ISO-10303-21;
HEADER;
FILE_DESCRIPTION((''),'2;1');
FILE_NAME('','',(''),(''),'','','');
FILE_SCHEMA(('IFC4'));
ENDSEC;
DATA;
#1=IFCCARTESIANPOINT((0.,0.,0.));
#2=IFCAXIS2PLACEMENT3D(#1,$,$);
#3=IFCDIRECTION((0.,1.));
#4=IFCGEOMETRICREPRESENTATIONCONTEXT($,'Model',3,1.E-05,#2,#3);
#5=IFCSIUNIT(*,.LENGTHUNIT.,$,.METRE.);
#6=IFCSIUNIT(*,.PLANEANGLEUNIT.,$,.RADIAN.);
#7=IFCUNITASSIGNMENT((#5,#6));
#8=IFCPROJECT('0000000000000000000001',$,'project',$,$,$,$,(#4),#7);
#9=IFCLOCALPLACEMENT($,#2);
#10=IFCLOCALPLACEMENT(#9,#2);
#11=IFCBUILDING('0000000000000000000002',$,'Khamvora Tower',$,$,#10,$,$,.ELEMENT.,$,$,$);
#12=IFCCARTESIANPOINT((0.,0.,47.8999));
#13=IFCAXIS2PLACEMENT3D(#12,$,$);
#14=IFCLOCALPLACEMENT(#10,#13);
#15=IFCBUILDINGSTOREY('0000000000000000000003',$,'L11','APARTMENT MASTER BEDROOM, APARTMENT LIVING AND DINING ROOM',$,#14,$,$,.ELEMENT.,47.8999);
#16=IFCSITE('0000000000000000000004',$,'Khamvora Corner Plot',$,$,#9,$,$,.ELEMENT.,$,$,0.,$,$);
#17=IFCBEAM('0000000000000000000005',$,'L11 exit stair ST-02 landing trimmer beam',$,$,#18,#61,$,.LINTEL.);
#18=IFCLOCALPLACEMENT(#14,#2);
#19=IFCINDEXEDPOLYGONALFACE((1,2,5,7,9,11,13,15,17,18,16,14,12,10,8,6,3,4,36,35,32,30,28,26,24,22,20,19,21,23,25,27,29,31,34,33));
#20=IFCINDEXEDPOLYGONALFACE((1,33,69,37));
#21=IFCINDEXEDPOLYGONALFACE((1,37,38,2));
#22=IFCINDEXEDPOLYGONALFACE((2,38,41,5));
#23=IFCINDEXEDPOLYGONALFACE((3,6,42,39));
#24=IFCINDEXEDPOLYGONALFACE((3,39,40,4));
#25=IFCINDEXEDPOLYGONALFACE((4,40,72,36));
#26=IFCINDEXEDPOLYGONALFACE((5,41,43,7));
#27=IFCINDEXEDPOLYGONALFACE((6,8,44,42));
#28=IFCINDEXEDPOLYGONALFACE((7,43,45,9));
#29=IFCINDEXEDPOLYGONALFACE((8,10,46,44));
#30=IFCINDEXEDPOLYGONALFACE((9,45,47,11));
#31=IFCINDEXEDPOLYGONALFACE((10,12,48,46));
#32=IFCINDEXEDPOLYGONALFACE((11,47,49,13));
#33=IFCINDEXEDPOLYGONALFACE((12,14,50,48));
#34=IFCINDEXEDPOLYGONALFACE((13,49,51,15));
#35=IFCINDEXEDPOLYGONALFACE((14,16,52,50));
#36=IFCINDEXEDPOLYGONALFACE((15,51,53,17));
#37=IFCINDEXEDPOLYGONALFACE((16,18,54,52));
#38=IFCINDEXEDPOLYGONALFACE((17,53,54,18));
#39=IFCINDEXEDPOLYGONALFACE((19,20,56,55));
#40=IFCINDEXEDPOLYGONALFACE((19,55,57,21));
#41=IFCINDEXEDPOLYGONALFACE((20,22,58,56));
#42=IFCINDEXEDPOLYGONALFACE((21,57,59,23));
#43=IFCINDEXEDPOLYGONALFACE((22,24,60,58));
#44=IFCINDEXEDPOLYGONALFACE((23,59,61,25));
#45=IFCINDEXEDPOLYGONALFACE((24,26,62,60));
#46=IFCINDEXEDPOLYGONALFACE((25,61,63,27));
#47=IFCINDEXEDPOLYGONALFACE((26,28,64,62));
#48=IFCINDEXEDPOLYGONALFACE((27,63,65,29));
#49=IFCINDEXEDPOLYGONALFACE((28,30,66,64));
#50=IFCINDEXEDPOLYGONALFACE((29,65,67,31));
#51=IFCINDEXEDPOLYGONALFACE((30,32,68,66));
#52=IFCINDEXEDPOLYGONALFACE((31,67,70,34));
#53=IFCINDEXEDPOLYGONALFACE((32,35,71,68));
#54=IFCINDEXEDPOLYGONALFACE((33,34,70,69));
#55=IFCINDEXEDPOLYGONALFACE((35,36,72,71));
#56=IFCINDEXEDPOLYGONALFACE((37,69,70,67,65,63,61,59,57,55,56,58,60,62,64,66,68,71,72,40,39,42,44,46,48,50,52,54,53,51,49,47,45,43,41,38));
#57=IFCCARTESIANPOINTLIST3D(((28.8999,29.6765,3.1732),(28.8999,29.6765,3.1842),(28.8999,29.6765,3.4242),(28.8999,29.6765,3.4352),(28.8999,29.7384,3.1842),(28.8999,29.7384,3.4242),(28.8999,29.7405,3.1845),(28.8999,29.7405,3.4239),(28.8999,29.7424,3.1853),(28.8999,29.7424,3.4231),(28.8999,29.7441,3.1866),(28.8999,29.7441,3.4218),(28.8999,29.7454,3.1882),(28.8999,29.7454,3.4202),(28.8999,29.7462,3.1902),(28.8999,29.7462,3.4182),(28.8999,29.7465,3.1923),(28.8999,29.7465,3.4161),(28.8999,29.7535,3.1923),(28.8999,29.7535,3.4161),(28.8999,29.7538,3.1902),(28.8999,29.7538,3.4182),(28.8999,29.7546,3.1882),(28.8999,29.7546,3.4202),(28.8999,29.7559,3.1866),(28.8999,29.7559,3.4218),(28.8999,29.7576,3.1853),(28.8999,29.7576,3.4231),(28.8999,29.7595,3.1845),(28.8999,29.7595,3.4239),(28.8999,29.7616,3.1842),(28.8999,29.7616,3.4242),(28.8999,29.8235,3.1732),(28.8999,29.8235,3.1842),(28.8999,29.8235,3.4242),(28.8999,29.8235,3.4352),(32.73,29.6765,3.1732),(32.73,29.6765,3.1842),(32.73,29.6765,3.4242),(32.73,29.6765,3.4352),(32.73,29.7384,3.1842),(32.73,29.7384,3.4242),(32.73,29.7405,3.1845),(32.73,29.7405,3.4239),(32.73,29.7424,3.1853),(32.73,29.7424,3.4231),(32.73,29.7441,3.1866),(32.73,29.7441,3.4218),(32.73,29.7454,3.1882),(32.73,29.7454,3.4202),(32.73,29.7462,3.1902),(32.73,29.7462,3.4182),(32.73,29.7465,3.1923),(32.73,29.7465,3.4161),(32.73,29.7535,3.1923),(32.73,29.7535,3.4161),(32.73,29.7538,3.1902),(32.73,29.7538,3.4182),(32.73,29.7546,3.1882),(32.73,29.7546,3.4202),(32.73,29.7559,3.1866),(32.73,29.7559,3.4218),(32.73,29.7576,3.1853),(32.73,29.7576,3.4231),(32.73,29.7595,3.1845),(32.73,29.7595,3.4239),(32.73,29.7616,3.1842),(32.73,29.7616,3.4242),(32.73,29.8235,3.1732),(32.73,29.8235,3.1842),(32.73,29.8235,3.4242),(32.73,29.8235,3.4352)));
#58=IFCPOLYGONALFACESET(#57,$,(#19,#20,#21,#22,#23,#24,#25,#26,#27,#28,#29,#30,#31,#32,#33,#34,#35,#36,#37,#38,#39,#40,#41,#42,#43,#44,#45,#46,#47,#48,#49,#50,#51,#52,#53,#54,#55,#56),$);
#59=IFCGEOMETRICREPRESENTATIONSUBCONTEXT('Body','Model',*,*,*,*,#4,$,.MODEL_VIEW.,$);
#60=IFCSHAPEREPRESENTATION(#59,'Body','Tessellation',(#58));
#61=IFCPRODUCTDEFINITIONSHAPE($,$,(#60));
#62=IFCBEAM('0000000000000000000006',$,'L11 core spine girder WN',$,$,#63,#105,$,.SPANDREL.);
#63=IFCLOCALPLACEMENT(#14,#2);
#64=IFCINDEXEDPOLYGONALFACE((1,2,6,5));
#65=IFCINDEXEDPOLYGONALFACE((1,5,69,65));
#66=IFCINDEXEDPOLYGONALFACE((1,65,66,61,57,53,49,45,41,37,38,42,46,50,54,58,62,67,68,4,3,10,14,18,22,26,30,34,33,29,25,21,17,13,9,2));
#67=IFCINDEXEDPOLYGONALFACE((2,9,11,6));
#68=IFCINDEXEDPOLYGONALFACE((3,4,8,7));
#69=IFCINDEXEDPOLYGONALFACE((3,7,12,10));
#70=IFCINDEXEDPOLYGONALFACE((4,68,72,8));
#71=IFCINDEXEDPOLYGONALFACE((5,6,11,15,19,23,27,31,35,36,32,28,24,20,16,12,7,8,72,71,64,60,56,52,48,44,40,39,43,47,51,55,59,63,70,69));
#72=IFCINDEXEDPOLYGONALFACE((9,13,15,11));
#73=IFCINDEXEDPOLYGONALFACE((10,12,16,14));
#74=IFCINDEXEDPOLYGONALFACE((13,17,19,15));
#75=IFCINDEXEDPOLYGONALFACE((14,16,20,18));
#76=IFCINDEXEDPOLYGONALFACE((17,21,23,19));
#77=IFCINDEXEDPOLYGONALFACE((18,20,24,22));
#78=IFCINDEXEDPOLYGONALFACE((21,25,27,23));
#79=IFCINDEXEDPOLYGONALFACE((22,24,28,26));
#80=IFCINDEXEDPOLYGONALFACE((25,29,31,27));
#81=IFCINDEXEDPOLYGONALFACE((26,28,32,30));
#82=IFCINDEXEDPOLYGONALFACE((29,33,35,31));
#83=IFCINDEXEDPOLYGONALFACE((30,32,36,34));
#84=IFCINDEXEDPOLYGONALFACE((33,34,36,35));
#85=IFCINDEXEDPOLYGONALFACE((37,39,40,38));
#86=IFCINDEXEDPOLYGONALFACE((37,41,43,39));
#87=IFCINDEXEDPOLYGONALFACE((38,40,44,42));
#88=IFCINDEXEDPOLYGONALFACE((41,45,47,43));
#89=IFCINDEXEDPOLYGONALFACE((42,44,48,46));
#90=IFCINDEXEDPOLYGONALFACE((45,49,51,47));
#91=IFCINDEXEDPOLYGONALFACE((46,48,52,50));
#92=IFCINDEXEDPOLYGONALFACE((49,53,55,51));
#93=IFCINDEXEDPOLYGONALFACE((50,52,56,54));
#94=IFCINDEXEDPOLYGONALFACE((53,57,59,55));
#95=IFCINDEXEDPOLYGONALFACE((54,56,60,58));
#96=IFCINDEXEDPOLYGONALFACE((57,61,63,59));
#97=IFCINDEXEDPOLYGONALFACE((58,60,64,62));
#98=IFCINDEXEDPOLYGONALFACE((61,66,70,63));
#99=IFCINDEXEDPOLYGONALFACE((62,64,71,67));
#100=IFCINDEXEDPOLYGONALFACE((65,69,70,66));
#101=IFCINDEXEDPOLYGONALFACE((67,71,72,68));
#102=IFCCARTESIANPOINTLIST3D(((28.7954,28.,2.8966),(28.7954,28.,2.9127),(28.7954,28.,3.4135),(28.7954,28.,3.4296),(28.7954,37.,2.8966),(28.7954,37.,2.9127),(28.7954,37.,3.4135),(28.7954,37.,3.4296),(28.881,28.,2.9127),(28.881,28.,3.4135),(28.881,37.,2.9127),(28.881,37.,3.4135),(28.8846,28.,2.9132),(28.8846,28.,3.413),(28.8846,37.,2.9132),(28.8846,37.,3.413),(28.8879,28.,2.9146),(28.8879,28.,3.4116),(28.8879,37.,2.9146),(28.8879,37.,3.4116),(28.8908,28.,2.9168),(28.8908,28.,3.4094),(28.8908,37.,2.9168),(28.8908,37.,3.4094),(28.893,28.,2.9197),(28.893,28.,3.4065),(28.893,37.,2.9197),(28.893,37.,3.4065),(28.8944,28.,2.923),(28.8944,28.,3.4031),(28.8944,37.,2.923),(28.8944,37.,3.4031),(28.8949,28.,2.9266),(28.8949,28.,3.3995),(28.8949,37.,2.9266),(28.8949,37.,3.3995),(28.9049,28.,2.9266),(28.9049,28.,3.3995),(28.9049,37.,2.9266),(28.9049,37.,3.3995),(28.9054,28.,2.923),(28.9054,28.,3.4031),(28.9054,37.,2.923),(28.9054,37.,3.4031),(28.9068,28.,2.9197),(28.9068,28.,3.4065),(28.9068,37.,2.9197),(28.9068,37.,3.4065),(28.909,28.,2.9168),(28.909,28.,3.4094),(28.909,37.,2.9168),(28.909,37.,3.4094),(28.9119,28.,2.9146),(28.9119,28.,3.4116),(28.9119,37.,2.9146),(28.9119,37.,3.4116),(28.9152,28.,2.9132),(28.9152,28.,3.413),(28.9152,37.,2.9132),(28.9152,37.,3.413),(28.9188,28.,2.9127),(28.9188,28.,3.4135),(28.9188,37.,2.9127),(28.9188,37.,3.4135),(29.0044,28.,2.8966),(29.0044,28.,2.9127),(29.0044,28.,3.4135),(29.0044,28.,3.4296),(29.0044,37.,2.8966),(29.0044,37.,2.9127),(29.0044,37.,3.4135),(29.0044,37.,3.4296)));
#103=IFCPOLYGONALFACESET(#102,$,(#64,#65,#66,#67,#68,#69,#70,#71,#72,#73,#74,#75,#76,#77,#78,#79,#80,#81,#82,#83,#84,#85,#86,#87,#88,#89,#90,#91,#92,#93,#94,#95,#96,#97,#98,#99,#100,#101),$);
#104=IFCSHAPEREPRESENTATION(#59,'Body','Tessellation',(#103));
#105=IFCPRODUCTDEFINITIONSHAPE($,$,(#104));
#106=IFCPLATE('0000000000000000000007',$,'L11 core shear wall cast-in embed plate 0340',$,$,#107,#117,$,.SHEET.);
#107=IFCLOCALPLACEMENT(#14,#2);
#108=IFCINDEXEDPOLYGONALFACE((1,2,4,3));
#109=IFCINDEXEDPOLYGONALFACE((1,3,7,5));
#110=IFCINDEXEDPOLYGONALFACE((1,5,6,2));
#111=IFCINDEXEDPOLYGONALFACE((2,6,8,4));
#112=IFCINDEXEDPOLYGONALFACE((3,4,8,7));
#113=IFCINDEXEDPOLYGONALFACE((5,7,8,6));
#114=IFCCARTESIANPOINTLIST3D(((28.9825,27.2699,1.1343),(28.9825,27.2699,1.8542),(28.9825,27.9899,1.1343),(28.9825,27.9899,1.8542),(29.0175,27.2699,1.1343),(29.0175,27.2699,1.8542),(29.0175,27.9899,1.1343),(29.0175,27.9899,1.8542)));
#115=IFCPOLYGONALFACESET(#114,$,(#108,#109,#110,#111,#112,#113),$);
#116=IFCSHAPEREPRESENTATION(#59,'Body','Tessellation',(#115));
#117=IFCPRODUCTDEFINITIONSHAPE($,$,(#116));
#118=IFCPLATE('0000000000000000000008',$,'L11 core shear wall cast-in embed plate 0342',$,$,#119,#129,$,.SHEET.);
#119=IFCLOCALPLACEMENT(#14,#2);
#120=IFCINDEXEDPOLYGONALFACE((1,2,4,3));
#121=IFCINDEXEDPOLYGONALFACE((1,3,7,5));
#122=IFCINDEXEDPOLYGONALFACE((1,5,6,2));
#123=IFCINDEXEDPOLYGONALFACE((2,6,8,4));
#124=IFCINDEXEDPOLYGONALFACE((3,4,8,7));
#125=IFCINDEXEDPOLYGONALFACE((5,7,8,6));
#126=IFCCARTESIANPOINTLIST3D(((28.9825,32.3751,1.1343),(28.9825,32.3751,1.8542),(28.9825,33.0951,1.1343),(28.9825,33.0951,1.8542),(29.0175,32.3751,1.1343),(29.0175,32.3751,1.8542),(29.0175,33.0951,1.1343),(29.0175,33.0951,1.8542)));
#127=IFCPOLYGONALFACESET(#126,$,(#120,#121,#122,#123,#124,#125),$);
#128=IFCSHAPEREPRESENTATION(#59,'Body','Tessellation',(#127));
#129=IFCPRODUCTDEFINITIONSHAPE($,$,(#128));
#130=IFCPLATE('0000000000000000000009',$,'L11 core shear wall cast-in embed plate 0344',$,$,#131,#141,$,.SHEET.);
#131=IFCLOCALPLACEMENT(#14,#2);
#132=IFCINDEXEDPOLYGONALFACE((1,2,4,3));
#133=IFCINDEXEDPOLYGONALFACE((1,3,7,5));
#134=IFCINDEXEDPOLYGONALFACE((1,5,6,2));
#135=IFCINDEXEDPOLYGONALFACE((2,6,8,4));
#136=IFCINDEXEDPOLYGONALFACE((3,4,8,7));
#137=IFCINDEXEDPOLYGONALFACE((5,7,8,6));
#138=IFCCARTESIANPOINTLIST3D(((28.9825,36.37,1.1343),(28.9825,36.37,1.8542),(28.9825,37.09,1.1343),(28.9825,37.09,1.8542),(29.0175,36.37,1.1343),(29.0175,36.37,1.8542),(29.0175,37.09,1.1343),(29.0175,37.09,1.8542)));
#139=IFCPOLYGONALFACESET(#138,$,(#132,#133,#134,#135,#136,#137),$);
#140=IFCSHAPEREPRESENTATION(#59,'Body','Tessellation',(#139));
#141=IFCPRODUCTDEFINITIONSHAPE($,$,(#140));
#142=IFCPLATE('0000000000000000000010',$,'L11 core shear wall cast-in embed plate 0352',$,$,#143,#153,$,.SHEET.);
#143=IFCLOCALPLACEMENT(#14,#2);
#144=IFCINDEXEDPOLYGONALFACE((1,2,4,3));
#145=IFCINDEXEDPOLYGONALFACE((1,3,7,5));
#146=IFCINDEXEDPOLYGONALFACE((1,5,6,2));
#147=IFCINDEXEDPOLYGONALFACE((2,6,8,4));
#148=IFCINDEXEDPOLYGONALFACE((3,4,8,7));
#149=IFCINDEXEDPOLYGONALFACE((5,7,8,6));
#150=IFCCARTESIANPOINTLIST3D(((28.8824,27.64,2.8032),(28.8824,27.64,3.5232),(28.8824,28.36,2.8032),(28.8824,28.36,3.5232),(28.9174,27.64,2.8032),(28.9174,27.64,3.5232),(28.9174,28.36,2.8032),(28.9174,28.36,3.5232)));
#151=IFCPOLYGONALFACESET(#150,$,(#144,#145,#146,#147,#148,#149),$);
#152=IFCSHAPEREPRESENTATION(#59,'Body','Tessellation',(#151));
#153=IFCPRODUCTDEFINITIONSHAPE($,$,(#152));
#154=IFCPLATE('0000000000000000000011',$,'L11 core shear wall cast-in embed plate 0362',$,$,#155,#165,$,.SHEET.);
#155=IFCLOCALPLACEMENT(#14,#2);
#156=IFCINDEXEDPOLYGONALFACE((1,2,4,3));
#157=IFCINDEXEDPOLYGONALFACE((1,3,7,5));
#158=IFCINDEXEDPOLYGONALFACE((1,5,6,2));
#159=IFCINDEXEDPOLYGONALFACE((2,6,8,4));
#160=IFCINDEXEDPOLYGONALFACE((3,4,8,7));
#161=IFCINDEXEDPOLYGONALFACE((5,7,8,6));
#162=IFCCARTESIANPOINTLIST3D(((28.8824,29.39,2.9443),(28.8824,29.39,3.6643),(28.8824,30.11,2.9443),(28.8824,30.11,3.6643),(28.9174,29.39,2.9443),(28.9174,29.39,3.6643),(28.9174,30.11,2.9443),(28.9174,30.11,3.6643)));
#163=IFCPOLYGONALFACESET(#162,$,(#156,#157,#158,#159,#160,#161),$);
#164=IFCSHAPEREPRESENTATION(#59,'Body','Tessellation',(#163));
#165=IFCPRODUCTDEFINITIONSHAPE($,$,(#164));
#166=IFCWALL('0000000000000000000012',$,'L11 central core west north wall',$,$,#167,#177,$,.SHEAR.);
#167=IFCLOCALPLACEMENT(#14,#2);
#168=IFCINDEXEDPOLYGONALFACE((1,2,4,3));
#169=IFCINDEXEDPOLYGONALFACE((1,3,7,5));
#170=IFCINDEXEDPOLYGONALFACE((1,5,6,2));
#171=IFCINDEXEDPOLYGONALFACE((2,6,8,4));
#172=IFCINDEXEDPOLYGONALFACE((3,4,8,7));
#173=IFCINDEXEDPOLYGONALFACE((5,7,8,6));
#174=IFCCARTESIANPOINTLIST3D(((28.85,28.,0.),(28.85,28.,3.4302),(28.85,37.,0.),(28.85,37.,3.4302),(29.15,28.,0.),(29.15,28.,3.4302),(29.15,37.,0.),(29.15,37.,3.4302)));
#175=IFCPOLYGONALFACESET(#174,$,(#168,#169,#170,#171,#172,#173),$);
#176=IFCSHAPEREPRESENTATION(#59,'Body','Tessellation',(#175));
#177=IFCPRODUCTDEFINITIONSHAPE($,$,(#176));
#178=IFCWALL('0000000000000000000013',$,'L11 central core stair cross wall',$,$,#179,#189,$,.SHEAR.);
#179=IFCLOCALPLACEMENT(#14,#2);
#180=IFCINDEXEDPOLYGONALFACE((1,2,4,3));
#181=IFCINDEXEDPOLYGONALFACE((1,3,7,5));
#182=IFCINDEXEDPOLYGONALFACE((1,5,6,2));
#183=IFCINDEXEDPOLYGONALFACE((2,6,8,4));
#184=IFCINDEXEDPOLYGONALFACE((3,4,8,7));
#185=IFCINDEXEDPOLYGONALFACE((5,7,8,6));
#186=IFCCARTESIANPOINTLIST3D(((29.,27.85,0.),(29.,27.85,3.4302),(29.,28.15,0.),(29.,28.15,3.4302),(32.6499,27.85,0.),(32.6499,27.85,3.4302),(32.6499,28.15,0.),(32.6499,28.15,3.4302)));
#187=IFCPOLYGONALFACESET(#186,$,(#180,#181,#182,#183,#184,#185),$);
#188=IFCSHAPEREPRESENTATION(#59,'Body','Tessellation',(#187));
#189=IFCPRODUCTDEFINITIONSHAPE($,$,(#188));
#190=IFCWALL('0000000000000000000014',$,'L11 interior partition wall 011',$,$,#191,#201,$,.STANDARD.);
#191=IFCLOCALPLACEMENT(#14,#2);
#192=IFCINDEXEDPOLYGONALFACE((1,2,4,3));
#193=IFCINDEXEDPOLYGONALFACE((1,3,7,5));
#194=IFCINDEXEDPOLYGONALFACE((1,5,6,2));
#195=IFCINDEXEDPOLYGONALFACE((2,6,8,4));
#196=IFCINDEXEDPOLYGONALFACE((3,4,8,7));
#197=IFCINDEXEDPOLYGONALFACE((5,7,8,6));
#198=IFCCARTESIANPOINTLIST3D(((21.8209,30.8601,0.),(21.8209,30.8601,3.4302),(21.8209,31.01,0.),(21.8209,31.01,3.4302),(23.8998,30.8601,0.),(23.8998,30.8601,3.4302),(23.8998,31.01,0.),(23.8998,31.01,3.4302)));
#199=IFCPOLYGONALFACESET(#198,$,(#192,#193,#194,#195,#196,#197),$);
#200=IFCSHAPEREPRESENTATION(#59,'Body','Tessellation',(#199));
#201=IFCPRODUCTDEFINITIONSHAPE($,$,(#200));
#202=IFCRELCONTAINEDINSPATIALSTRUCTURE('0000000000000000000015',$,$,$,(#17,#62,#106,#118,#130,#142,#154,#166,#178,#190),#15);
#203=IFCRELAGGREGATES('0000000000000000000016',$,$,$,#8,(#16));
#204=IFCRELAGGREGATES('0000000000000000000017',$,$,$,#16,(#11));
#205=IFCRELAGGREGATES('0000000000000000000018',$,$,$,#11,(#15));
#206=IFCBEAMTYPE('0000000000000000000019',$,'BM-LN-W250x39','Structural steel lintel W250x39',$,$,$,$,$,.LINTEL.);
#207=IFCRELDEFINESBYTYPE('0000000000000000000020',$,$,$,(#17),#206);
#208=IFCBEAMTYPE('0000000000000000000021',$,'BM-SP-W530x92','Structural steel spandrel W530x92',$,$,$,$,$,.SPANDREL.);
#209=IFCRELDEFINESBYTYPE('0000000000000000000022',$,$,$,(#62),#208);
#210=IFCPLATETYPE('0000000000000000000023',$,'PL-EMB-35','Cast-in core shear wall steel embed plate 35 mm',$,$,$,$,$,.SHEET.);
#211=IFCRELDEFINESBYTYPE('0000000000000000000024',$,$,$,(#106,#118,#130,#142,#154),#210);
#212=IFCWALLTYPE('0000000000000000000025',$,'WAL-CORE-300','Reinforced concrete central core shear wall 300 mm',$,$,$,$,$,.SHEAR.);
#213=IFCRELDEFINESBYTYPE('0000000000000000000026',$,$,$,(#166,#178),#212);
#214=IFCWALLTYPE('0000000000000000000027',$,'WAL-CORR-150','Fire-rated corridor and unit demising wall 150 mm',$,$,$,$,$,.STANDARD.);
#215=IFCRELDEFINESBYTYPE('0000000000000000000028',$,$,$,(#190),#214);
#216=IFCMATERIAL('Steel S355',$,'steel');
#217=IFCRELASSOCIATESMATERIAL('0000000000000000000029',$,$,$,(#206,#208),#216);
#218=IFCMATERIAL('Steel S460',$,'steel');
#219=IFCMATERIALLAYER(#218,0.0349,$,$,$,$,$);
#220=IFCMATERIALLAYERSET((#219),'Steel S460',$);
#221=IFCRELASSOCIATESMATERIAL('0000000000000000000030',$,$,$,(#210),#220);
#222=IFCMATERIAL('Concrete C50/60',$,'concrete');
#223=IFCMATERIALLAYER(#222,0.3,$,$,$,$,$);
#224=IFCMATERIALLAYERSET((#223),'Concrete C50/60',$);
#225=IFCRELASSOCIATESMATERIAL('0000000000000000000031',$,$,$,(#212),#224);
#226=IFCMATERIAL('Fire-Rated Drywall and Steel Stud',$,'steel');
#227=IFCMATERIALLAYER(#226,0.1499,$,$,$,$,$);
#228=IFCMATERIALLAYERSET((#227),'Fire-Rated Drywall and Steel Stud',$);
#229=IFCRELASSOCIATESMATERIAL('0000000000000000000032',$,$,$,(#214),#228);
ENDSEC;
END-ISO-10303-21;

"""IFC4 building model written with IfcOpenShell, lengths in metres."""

from ifc_helpers import new_model, si_unit, direction, frame, frame_2d, origin, origin_2d, place, context, subcontext, project, spatial, rectangle, i_section, extrude, material, layer, layer_set, material_profile, profile_set, type_object, element, save


model = new_model("IFC4")

# Units and contexts
model_context = context("Model", 3, precision=1e-05, world=origin(), true_north=direction((0.0, 1.0)))
body_context = subcontext(model_context, "Body", "Model", "MODEL_VIEW")
ifc_project = project(units=[si_unit("LENGTHUNIT", "METRE"), si_unit("PLANEANGLEUNIT", "RADIAN")], contexts=[model_context])

# Site, building, storey
site_placement = place(None, origin())
site = spatial("IfcSite", under=ifc_project, at=site_placement, Name="Khamvora Corner Plot", CompositionType="ELEMENT", RefElevation=0.0)
building_placement = place(site_placement, origin())
building = spatial("IfcBuilding", under=site, at=building_placement, Name="Khamvora Tower", CompositionType="ELEMENT")
storey_placement = place(building_placement, frame((0.0, 0.0, 47.8999)))
storey = spatial("IfcBuildingStorey", under=building, at=storey_placement, Name="L11", Description="APARTMENT MASTER BEDROOM, APARTMENT LIVING AND DINING ROOM", CompositionType="ELEMENT", Elevation=47.8999)

# Shared definitions
ifc_material_1 = material(Name="Steel S460", Category="steel")

# Beams
ifc_material_2 = material(Name="Steel S355", Category="steel")
ifc_material_profile_1 = material_profile(ifc_material_2, i_section(OverallWidth=0.147, OverallDepth=0.262, WebThickness=0.0071, FlangeThickness=0.011, FilletRadius=0.0081, at=origin_2d()), Name="W250x39")
ifc_profile_set_1 = profile_set([ifc_material_profile_1], Name="Steel S355")
beam_type_1 = type_object("IfcBeamType", Name="BM-LN-W250x39", Description="Structural steel lintel W250x39", PredefinedType="LINTEL", material=ifc_profile_set_1)
beam_1_placement = place(storey_placement, frame((28.8999, 29.75, 3.3042), z_axis=(1.0, 0.0, 0.0), x_axis=(0.0, 1.0, 0.0)))
element("IfcBeam", 1, at=beam_1_placement, inside=storey, type_object=beam_type_1, Name="L11 exit stair ST-02 landing trimmer beam", PredefinedType="LINTEL", context=body_context, shape_type="SweptSolid", body=[
    extrude(i_section(OverallWidth=0.147, OverallDepth=0.262, WebThickness=0.0071, FlangeThickness=0.011, FilletRadius=0.0081, at=origin_2d()), origin(), (0.0, 0.0, 1.0), 3.8301),
])
ifc_material_profile_2 = material_profile(ifc_material_2, i_section(OverallWidth=0.209, OverallDepth=0.533, WebThickness=0.01, FlangeThickness=0.0161, FilletRadius=0.0139, at=origin_2d()), Name="W530x92")
ifc_profile_set_2 = profile_set([ifc_material_profile_2], Name="Steel S355")
beam_type_2 = type_object("IfcBeamType", Name="BM-SP-W530x92", Description="Structural steel spandrel W530x92", PredefinedType="SPANDREL", material=ifc_profile_set_2)
beam_2_placement = place(storey_placement, frame((28.8999, 28.0, 3.1631), z_axis=(0.0, 1.0, 0.0), x_axis=(-1.0, 0.0, 0.0)))
element("IfcBeam", 2, at=beam_2_placement, inside=storey, type_object=beam_type_2, Name="L11 core spine girder WN", PredefinedType="SPANDREL", context=body_context, shape_type="SweptSolid", body=[
    extrude(i_section(OverallWidth=0.209, OverallDepth=0.533, WebThickness=0.01, FlangeThickness=0.0161, FilletRadius=0.0139, at=origin_2d()), origin(), (0.0, 0.0, 1.0), 9.0),
])

# Plates
ifc_layer_1 = layer(ifc_material_1, 0.0349)
ifc_layer_set_1 = layer_set([ifc_layer_1], Name="Steel S460")
plate_type = type_object("IfcPlateType", Name="PL-EMB-35", Description="Cast-in core shear wall steel embed plate 35 mm", PredefinedType="SHEET", material=ifc_layer_set_1)
for number, where, z_axis, x_axis, name in (
    (3, (29.0, 27.6299, 1.1343), (0.0, 0.0, 1.0), (1.0, 0.0, 0.0), "L11 core shear wall cast-in embed plate 0340"),
    (4, (29.0, 32.7351, 1.1343), (0.0, 0.0, 1.0), (1.0, 0.0, 0.0), "L11 core shear wall cast-in embed plate 0342"),
    (5, (29.0, 36.73, 1.1343), (0.0, 0.0, 1.0), (1.0, 0.0, 0.0), "L11 core shear wall cast-in embed plate 0344"),
    (6, (28.8999, 28.0, 2.8032), (0.0, 0.0, 1.0), (1.0, 0.0, 0.0), "L11 core shear wall cast-in embed plate 0352"),
    (7, (28.8999, 29.75, 2.9443), (0.0, 0.0, 1.0), (1.0, 0.0, 0.0), "L11 core shear wall cast-in embed plate 0362"),
):
    element("IfcPlate", number, at=place(storey_placement, frame(where, z_axis=z_axis, x_axis=x_axis)), inside=storey, type_object=plate_type, Name=name, PredefinedType="SHEET", context=body_context, shape_type="SweptSolid", body=[
        extrude(rectangle(XDim=0.0349, YDim=0.72, at=origin_2d()), origin(), (0.0, 0.0, 1.0), 0.72),
    ])

# Walls
ifc_material_3 = material(Name="Concrete C50/60", Category="concrete")
ifc_layer_2 = layer(ifc_material_3, 0.3)
ifc_layer_set_2 = layer_set([ifc_layer_2], Name="Concrete C50/60")
wall_type_1 = type_object("IfcWallType", Name="WAL-CORE-300", Description="Reinforced concrete central core shear wall 300 mm", PredefinedType="SHEAR", material=ifc_layer_set_2)
wall_1_placement = place(storey_placement, frame((29.0, 28.0, 0.0), z_axis=(0.0, 0.0, 1.0), x_axis=(0.0, 1.0, 0.0)))
element("IfcWall", 8, at=wall_1_placement, inside=storey, type_object=wall_type_1, Name="L11 central core west north wall", PredefinedType="SHEAR", context=body_context, shape_type="SweptSolid", body=[
    extrude(rectangle(XDim=9.0, YDim=0.3, at=frame_2d((4.5, 0.0))), origin(), (0.0, 0.0, 1.0), 3.4302),
])
wall_2_placement = place(storey_placement, frame((29.0, 28.0, 0.0), z_axis=(0.0, 0.0, 1.0), x_axis=(1.0, 0.0, 0.0)))
element("IfcWall", 9, at=wall_2_placement, inside=storey, type_object=wall_type_1, Name="L11 central core stair cross wall", PredefinedType="SHEAR", context=body_context, shape_type="SweptSolid", body=[
    extrude(rectangle(XDim=3.6499, YDim=0.3, at=frame_2d((1.825, 0.0))), origin(), (0.0, 0.0, 1.0), 3.4302),
])
ifc_material_4 = material(Name="Fire-Rated Drywall and Steel Stud", Category="steel")
ifc_layer_3 = layer(ifc_material_4, 0.1499)
ifc_layer_set_3 = layer_set([ifc_layer_3], Name="Fire-Rated Drywall and Steel Stud")
wall_type_2 = type_object("IfcWallType", Name="WAL-CORR-150", Description="Fire-rated corridor and unit demising wall 150 mm", PredefinedType="STANDARD", material=ifc_layer_set_3)
wall_3_placement = place(storey_placement, frame((23.8999, 30.9351, 0.0), z_axis=(0.0, 0.0, 1.0), x_axis=(-1.0, 0.0, 0.0)))
element("IfcWall", 10, at=wall_3_placement, inside=storey, type_object=wall_type_2, Name="L11 interior partition wall 011", PredefinedType="STANDARD", context=body_context, shape_type="SweptSolid", body=[
    extrude(rectangle(XDim=2.0789, YDim=0.1499, at=frame_2d((1.0396, 0.0))), origin(), (0.0, 0.0, 1.0), 3.4302),
])

save(model, "model.ifc")
